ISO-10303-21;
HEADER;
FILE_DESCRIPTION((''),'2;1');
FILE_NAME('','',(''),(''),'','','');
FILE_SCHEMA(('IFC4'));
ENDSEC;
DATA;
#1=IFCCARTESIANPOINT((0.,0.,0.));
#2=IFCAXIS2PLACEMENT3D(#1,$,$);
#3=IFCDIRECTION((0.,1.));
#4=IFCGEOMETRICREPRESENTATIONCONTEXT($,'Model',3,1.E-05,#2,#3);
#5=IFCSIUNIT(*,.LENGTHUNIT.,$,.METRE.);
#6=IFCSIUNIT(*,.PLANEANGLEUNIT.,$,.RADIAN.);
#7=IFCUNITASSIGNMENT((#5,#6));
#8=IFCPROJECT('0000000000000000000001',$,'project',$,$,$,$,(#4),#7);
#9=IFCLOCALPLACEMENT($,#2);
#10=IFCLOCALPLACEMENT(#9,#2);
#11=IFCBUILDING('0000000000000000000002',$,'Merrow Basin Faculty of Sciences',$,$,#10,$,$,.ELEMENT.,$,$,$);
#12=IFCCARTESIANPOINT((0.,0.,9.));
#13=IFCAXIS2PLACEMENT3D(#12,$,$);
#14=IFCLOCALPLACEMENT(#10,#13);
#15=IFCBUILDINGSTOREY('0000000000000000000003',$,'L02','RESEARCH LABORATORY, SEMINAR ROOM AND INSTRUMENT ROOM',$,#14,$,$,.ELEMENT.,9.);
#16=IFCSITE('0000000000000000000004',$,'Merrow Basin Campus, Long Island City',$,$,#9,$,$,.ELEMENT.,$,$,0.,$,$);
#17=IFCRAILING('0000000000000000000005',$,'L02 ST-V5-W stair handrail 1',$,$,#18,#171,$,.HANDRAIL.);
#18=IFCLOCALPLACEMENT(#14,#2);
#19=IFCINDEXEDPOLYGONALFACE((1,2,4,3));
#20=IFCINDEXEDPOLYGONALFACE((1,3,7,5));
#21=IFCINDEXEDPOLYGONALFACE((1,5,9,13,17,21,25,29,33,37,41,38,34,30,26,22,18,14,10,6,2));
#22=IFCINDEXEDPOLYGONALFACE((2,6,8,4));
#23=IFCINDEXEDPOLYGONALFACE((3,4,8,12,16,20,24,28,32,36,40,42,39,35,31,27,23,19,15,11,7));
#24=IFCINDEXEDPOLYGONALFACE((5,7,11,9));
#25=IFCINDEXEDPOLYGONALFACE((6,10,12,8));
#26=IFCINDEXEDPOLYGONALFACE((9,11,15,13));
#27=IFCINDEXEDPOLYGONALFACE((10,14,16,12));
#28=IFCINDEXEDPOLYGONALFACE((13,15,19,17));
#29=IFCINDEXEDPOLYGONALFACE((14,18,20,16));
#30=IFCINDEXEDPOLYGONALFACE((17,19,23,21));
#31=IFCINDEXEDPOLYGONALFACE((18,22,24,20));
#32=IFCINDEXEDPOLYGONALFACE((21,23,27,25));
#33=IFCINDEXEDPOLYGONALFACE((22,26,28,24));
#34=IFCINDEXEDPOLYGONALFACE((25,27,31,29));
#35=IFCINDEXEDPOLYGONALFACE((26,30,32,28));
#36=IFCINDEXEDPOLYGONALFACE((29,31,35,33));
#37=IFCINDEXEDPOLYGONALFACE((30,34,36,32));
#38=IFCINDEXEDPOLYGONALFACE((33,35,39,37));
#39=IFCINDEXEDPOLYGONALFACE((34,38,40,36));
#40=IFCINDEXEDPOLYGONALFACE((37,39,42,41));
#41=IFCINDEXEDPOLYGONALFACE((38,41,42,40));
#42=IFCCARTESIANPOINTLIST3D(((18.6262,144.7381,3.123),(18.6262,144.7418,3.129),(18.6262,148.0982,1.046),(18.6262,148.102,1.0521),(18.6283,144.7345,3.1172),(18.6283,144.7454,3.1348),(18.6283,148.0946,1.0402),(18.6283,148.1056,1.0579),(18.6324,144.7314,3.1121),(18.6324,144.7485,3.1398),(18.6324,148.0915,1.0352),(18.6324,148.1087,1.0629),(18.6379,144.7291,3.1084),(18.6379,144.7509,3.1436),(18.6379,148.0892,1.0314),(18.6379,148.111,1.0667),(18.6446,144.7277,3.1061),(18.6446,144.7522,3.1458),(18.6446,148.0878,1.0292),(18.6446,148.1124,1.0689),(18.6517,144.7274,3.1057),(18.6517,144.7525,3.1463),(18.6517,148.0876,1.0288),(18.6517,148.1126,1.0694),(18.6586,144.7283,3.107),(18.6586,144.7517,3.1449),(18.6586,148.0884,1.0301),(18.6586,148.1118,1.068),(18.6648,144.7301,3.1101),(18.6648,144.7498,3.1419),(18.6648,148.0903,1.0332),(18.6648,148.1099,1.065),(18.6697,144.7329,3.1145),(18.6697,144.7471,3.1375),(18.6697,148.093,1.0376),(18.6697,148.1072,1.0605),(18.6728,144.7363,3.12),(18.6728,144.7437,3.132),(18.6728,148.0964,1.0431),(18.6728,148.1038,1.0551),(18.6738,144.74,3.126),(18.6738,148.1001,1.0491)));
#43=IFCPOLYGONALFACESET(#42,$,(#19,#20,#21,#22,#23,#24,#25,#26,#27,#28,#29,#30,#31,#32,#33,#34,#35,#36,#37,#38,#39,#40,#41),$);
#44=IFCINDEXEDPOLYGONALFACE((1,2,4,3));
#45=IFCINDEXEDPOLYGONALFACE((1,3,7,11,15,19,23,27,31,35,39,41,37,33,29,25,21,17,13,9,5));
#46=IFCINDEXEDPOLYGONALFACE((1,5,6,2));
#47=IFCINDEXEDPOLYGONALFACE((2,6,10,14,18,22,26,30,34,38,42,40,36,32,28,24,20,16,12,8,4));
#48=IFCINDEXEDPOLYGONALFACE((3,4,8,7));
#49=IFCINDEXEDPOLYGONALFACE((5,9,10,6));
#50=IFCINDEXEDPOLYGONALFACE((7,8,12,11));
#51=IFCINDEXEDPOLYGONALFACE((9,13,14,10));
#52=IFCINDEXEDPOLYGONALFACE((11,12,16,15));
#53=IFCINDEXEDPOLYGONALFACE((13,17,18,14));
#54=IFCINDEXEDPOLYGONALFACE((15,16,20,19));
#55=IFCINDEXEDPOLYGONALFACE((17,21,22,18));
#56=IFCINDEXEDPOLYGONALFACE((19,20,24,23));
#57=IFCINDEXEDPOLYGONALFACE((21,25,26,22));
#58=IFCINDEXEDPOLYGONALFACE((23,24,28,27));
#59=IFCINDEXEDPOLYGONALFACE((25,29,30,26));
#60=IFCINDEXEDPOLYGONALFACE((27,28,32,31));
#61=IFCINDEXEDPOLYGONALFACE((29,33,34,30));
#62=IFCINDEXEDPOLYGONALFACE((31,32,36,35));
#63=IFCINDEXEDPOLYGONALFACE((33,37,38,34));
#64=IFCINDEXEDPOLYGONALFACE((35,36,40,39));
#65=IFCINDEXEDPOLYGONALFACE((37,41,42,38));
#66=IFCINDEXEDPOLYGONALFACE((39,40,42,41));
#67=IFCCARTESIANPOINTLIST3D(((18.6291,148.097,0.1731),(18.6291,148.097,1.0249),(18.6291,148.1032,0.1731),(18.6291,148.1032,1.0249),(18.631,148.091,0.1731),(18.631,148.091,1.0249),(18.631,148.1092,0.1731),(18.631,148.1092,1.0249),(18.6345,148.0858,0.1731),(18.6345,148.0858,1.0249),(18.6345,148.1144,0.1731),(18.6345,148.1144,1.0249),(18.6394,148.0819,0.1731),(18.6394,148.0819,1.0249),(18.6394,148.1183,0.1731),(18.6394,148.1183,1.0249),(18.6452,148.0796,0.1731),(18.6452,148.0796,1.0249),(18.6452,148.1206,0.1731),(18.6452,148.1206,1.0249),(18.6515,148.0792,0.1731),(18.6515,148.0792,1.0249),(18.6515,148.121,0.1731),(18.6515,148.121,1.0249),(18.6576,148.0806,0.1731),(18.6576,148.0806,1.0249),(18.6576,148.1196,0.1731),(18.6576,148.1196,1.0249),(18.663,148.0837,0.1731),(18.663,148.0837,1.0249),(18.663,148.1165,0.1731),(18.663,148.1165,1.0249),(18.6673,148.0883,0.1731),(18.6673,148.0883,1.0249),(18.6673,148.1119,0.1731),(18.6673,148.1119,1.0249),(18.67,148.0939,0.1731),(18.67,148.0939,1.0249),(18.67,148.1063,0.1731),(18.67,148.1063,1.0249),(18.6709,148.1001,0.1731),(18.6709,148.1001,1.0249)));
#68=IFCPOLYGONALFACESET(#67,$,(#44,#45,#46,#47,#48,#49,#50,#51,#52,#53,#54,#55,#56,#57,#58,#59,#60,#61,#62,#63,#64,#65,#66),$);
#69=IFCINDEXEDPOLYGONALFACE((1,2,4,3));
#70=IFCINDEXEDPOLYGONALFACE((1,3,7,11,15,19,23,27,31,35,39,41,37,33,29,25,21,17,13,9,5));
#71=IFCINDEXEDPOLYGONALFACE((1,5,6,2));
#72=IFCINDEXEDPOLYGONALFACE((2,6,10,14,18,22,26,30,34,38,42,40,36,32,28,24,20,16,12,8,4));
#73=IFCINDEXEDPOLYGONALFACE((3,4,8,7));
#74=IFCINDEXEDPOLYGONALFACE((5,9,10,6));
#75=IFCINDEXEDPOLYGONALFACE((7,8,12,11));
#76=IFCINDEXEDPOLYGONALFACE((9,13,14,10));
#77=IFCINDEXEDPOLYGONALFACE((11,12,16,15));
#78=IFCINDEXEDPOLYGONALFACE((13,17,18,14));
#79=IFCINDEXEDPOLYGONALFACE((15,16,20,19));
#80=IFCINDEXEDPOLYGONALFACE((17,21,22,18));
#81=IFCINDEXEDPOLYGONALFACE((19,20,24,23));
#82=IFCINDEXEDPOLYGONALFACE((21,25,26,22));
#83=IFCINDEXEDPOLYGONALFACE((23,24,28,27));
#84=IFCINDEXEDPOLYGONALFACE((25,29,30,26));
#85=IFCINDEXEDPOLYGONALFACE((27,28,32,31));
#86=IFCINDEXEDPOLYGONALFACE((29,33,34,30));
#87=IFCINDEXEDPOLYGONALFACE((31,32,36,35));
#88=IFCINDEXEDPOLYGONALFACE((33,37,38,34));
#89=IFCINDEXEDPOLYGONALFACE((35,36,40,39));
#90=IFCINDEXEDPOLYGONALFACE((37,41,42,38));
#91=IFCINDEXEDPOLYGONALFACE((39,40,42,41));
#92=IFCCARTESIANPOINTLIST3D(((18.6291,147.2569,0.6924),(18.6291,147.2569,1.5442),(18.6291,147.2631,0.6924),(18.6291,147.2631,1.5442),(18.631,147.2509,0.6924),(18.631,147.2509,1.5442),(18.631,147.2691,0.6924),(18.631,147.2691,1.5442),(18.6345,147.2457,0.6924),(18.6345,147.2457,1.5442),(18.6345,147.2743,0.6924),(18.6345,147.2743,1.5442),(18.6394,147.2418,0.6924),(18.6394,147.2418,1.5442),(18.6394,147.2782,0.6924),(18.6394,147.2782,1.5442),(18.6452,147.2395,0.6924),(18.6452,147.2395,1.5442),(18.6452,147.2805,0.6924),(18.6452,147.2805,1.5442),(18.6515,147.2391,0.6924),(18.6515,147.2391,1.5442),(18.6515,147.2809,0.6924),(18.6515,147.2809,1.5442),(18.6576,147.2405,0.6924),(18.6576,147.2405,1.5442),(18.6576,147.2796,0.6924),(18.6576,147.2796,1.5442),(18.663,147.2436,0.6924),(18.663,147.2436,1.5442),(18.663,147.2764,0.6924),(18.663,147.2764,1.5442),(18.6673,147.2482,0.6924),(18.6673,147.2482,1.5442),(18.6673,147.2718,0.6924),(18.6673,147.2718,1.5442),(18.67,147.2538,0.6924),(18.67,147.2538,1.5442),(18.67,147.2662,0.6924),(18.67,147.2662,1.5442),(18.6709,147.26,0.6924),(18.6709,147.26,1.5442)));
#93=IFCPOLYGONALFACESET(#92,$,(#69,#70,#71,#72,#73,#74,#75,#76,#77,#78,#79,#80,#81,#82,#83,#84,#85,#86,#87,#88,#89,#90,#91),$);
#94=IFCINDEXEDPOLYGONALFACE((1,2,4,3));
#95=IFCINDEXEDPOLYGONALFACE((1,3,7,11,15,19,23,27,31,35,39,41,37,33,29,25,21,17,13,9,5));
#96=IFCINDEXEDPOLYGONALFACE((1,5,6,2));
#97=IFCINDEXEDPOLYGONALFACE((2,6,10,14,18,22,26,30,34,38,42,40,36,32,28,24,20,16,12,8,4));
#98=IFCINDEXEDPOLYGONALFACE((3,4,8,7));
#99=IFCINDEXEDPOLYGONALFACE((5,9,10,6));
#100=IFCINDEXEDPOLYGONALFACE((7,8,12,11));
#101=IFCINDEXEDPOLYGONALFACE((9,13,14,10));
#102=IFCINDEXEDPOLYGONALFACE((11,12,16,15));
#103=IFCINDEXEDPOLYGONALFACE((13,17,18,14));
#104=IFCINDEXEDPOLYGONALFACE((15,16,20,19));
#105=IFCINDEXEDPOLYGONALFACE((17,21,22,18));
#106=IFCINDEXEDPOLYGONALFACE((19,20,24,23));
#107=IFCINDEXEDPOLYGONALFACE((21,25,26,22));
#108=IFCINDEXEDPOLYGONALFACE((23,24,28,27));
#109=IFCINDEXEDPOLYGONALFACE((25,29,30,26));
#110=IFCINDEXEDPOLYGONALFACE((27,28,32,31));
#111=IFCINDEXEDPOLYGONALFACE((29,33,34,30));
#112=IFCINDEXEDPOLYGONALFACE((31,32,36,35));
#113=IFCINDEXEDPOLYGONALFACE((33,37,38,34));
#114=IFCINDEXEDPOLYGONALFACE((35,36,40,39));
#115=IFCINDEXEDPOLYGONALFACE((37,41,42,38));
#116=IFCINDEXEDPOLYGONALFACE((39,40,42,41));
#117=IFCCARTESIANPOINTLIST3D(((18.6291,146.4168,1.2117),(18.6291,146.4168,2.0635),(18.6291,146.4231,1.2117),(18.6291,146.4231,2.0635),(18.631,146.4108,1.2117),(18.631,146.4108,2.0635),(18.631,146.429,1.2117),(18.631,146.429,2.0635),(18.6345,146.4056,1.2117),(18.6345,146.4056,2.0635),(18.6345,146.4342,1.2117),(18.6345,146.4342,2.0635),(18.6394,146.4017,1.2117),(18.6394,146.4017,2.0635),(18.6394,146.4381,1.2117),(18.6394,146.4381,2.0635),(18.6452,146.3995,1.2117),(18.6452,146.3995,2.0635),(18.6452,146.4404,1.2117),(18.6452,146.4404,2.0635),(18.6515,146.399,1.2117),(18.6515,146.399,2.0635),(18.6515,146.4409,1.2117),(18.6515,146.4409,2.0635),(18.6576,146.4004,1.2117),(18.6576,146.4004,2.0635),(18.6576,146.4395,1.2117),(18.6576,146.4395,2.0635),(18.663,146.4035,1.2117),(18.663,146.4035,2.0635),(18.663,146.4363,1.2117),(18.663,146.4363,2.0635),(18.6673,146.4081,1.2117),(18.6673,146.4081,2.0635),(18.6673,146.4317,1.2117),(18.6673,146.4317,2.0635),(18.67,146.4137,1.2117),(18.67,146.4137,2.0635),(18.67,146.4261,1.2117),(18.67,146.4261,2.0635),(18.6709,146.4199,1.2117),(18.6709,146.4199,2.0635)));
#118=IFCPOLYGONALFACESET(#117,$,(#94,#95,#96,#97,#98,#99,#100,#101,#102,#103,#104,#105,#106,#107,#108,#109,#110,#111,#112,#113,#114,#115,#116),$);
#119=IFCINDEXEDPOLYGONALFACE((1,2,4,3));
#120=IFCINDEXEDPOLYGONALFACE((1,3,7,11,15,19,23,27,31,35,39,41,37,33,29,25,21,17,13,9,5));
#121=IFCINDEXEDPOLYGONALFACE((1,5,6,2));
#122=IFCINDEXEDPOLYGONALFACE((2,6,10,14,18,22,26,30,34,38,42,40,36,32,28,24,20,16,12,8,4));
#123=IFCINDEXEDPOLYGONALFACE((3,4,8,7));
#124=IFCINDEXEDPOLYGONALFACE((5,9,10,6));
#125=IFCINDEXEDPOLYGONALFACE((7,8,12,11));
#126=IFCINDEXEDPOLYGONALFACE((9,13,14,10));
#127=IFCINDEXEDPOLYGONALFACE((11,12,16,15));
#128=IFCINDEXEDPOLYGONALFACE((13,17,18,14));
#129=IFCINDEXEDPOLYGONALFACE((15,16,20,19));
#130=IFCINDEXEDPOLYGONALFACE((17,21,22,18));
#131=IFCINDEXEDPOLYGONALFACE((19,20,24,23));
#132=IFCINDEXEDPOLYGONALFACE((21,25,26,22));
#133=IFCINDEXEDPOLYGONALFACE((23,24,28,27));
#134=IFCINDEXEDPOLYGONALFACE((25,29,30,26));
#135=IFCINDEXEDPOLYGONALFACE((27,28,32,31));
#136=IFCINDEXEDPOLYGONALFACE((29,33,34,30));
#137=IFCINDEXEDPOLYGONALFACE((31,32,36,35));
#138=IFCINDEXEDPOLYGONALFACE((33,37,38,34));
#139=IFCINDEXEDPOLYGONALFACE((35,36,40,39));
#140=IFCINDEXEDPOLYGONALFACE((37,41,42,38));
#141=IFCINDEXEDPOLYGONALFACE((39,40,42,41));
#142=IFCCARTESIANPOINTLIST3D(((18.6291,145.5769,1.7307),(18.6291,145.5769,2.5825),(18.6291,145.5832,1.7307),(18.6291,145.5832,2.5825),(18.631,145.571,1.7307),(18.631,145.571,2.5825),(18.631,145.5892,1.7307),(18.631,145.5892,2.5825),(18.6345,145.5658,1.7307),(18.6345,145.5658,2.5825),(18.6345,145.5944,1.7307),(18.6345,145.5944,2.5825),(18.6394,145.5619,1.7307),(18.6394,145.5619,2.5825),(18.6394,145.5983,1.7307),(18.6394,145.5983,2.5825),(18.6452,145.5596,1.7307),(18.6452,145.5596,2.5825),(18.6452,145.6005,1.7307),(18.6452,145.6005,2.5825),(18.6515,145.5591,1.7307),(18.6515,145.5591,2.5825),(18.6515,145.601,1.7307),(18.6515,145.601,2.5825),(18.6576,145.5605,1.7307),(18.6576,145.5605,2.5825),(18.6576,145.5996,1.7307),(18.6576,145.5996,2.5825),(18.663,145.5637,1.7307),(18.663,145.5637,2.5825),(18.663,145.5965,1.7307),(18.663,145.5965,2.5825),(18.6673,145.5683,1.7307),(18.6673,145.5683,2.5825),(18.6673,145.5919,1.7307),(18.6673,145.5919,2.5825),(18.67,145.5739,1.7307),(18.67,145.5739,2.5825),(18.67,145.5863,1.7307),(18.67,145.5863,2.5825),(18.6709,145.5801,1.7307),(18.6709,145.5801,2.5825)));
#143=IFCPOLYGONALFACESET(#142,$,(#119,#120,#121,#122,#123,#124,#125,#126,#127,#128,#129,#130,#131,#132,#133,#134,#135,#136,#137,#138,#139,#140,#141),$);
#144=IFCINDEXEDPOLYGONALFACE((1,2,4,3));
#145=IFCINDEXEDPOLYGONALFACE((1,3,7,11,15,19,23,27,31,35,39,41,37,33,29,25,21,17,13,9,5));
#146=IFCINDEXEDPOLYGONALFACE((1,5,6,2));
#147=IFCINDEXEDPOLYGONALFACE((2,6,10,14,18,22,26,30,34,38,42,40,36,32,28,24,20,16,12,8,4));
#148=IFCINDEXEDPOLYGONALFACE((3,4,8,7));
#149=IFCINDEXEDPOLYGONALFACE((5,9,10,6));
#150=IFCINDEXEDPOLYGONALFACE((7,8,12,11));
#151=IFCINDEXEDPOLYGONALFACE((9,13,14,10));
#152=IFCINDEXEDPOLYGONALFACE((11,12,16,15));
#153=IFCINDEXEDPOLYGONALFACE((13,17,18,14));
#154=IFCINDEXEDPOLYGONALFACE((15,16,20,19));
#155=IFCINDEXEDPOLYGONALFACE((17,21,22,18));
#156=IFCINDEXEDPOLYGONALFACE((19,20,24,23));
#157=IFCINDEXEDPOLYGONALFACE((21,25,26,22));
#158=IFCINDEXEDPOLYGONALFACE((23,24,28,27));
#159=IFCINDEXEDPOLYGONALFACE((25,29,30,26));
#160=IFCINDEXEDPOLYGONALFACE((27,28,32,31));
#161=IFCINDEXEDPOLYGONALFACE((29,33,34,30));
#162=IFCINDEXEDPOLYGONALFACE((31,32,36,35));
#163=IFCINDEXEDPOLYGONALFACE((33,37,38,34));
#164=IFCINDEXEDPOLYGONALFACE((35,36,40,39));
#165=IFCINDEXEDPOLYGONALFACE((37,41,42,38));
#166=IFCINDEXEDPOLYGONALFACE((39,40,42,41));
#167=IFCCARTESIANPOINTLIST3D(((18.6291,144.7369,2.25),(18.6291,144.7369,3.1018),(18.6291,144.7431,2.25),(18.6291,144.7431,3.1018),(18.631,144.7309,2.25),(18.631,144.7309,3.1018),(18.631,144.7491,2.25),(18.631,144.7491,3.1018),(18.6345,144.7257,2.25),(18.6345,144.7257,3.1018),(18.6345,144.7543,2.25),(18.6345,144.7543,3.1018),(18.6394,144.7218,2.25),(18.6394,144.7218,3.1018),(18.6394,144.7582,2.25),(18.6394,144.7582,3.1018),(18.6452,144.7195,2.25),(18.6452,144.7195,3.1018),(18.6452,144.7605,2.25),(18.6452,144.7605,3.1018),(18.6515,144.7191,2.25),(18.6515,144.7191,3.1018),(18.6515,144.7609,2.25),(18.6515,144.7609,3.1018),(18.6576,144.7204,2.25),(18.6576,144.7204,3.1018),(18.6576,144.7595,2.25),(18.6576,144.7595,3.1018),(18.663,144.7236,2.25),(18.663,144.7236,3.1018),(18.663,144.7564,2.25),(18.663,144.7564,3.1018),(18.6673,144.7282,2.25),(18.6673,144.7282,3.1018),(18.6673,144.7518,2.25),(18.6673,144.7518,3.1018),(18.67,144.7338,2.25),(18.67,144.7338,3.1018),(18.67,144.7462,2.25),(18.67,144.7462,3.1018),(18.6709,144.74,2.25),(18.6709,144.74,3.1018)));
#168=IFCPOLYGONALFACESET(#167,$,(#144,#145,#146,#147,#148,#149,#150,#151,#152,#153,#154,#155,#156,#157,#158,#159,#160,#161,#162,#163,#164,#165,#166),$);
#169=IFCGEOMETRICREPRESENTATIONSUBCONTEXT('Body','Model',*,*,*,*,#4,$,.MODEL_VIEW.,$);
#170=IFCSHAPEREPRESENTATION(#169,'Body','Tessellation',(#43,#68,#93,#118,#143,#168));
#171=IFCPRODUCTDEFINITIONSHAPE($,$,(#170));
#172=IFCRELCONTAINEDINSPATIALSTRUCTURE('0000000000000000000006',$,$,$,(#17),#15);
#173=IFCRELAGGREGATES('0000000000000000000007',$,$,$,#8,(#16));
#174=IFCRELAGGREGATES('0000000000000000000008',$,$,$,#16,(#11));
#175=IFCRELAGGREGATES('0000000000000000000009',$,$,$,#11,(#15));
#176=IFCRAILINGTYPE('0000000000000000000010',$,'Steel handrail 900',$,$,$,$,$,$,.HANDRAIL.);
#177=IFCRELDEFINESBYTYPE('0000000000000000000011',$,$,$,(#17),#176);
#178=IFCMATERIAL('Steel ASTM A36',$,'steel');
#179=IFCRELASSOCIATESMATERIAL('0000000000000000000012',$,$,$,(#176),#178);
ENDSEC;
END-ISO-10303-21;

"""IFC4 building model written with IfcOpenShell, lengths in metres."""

from ifc_helpers import new_model, si_unit, direction, frame, origin, origin_2d, place, context, subcontext, project, spatial, circle, extrude, material, type_object, element, save


model = new_model("IFC4")

# Units and contexts
model_context = context("Model", 3, precision=1e-05, world=origin(), true_north=direction((0.0, 1.0)))
body_context = subcontext(model_context, "Body", "Model", "MODEL_VIEW")
ifc_project = project(units=[si_unit("LENGTHUNIT", "METRE"), si_unit("PLANEANGLEUNIT", "RADIAN")], contexts=[model_context])

# Site, building, storey
site_placement = place(None, origin())
site = spatial("IfcSite", under=ifc_project, at=site_placement, Name="Merrow Basin Campus, Long Island City", CompositionType="ELEMENT", RefElevation=0.0)
building_placement = place(site_placement, origin())
building = spatial("IfcBuilding", under=site, at=building_placement, Name="Merrow Basin Faculty of Sciences", CompositionType="ELEMENT")
storey_placement = place(building_placement, frame((0.0, 0.0, 9.0)))
storey = spatial("IfcBuildingStorey", under=building, at=storey_placement, Name="L02", Description="RESEARCH LABORATORY, SEMINAR ROOM AND INSTRUMENT ROOM", CompositionType="ELEMENT", Elevation=9.0)

# Railing
ifc_material_1 = material(Name="Steel ASTM A36", Category="steel")
railing_type_1 = type_object("IfcRailingType", Name="Steel handrail 900", PredefinedType="HANDRAIL", material=ifc_material_1)
railing_1_placement = place(storey_placement, frame((18.6499, 148.1001, 0.1731)))
element("IfcRailing", 1, at=railing_1_placement, inside=storey, type_object=railing_type_1, Name="L02 ST-V5-W stair handrail 1", PredefinedType="HANDRAIL", context=body_context, shape_type="SweptSolid", body=[
    extrude(circle(Radius=0.0239, at=origin_2d()), frame((0.0, 0.0, 0.876), z_axis=(0.0, -0.850623, 0.525776), x_axis=(1.0, 0.0, 0.0)), (0.0, 0.0, 1.0), 3.9502),
    extrude(circle(Radius=0.021, at=origin_2d()), origin(), (0.0, 0.0, 1.0), 0.8518),
    extrude(circle(Radius=0.021, at=origin_2d()), frame((0.0, -0.8401, 0.5193)), (0.0, 0.0, 1.0), 0.8518),
    extrude(circle(Radius=0.021, at=origin_2d()), frame((0.0, -1.6802, 1.0386)), (0.0, 0.0, 1.0), 0.8518),
    extrude(circle(Radius=0.021, at=origin_2d()), frame((0.0, -2.52, 1.5576)), (0.0, 0.0, 1.0), 0.8518),
    extrude(circle(Radius=0.021, at=origin_2d()), frame((0.0, -3.3601, 2.0769)), (0.0, 0.0, 1.0), 0.8518),
])

save(model, "model.ifc")
